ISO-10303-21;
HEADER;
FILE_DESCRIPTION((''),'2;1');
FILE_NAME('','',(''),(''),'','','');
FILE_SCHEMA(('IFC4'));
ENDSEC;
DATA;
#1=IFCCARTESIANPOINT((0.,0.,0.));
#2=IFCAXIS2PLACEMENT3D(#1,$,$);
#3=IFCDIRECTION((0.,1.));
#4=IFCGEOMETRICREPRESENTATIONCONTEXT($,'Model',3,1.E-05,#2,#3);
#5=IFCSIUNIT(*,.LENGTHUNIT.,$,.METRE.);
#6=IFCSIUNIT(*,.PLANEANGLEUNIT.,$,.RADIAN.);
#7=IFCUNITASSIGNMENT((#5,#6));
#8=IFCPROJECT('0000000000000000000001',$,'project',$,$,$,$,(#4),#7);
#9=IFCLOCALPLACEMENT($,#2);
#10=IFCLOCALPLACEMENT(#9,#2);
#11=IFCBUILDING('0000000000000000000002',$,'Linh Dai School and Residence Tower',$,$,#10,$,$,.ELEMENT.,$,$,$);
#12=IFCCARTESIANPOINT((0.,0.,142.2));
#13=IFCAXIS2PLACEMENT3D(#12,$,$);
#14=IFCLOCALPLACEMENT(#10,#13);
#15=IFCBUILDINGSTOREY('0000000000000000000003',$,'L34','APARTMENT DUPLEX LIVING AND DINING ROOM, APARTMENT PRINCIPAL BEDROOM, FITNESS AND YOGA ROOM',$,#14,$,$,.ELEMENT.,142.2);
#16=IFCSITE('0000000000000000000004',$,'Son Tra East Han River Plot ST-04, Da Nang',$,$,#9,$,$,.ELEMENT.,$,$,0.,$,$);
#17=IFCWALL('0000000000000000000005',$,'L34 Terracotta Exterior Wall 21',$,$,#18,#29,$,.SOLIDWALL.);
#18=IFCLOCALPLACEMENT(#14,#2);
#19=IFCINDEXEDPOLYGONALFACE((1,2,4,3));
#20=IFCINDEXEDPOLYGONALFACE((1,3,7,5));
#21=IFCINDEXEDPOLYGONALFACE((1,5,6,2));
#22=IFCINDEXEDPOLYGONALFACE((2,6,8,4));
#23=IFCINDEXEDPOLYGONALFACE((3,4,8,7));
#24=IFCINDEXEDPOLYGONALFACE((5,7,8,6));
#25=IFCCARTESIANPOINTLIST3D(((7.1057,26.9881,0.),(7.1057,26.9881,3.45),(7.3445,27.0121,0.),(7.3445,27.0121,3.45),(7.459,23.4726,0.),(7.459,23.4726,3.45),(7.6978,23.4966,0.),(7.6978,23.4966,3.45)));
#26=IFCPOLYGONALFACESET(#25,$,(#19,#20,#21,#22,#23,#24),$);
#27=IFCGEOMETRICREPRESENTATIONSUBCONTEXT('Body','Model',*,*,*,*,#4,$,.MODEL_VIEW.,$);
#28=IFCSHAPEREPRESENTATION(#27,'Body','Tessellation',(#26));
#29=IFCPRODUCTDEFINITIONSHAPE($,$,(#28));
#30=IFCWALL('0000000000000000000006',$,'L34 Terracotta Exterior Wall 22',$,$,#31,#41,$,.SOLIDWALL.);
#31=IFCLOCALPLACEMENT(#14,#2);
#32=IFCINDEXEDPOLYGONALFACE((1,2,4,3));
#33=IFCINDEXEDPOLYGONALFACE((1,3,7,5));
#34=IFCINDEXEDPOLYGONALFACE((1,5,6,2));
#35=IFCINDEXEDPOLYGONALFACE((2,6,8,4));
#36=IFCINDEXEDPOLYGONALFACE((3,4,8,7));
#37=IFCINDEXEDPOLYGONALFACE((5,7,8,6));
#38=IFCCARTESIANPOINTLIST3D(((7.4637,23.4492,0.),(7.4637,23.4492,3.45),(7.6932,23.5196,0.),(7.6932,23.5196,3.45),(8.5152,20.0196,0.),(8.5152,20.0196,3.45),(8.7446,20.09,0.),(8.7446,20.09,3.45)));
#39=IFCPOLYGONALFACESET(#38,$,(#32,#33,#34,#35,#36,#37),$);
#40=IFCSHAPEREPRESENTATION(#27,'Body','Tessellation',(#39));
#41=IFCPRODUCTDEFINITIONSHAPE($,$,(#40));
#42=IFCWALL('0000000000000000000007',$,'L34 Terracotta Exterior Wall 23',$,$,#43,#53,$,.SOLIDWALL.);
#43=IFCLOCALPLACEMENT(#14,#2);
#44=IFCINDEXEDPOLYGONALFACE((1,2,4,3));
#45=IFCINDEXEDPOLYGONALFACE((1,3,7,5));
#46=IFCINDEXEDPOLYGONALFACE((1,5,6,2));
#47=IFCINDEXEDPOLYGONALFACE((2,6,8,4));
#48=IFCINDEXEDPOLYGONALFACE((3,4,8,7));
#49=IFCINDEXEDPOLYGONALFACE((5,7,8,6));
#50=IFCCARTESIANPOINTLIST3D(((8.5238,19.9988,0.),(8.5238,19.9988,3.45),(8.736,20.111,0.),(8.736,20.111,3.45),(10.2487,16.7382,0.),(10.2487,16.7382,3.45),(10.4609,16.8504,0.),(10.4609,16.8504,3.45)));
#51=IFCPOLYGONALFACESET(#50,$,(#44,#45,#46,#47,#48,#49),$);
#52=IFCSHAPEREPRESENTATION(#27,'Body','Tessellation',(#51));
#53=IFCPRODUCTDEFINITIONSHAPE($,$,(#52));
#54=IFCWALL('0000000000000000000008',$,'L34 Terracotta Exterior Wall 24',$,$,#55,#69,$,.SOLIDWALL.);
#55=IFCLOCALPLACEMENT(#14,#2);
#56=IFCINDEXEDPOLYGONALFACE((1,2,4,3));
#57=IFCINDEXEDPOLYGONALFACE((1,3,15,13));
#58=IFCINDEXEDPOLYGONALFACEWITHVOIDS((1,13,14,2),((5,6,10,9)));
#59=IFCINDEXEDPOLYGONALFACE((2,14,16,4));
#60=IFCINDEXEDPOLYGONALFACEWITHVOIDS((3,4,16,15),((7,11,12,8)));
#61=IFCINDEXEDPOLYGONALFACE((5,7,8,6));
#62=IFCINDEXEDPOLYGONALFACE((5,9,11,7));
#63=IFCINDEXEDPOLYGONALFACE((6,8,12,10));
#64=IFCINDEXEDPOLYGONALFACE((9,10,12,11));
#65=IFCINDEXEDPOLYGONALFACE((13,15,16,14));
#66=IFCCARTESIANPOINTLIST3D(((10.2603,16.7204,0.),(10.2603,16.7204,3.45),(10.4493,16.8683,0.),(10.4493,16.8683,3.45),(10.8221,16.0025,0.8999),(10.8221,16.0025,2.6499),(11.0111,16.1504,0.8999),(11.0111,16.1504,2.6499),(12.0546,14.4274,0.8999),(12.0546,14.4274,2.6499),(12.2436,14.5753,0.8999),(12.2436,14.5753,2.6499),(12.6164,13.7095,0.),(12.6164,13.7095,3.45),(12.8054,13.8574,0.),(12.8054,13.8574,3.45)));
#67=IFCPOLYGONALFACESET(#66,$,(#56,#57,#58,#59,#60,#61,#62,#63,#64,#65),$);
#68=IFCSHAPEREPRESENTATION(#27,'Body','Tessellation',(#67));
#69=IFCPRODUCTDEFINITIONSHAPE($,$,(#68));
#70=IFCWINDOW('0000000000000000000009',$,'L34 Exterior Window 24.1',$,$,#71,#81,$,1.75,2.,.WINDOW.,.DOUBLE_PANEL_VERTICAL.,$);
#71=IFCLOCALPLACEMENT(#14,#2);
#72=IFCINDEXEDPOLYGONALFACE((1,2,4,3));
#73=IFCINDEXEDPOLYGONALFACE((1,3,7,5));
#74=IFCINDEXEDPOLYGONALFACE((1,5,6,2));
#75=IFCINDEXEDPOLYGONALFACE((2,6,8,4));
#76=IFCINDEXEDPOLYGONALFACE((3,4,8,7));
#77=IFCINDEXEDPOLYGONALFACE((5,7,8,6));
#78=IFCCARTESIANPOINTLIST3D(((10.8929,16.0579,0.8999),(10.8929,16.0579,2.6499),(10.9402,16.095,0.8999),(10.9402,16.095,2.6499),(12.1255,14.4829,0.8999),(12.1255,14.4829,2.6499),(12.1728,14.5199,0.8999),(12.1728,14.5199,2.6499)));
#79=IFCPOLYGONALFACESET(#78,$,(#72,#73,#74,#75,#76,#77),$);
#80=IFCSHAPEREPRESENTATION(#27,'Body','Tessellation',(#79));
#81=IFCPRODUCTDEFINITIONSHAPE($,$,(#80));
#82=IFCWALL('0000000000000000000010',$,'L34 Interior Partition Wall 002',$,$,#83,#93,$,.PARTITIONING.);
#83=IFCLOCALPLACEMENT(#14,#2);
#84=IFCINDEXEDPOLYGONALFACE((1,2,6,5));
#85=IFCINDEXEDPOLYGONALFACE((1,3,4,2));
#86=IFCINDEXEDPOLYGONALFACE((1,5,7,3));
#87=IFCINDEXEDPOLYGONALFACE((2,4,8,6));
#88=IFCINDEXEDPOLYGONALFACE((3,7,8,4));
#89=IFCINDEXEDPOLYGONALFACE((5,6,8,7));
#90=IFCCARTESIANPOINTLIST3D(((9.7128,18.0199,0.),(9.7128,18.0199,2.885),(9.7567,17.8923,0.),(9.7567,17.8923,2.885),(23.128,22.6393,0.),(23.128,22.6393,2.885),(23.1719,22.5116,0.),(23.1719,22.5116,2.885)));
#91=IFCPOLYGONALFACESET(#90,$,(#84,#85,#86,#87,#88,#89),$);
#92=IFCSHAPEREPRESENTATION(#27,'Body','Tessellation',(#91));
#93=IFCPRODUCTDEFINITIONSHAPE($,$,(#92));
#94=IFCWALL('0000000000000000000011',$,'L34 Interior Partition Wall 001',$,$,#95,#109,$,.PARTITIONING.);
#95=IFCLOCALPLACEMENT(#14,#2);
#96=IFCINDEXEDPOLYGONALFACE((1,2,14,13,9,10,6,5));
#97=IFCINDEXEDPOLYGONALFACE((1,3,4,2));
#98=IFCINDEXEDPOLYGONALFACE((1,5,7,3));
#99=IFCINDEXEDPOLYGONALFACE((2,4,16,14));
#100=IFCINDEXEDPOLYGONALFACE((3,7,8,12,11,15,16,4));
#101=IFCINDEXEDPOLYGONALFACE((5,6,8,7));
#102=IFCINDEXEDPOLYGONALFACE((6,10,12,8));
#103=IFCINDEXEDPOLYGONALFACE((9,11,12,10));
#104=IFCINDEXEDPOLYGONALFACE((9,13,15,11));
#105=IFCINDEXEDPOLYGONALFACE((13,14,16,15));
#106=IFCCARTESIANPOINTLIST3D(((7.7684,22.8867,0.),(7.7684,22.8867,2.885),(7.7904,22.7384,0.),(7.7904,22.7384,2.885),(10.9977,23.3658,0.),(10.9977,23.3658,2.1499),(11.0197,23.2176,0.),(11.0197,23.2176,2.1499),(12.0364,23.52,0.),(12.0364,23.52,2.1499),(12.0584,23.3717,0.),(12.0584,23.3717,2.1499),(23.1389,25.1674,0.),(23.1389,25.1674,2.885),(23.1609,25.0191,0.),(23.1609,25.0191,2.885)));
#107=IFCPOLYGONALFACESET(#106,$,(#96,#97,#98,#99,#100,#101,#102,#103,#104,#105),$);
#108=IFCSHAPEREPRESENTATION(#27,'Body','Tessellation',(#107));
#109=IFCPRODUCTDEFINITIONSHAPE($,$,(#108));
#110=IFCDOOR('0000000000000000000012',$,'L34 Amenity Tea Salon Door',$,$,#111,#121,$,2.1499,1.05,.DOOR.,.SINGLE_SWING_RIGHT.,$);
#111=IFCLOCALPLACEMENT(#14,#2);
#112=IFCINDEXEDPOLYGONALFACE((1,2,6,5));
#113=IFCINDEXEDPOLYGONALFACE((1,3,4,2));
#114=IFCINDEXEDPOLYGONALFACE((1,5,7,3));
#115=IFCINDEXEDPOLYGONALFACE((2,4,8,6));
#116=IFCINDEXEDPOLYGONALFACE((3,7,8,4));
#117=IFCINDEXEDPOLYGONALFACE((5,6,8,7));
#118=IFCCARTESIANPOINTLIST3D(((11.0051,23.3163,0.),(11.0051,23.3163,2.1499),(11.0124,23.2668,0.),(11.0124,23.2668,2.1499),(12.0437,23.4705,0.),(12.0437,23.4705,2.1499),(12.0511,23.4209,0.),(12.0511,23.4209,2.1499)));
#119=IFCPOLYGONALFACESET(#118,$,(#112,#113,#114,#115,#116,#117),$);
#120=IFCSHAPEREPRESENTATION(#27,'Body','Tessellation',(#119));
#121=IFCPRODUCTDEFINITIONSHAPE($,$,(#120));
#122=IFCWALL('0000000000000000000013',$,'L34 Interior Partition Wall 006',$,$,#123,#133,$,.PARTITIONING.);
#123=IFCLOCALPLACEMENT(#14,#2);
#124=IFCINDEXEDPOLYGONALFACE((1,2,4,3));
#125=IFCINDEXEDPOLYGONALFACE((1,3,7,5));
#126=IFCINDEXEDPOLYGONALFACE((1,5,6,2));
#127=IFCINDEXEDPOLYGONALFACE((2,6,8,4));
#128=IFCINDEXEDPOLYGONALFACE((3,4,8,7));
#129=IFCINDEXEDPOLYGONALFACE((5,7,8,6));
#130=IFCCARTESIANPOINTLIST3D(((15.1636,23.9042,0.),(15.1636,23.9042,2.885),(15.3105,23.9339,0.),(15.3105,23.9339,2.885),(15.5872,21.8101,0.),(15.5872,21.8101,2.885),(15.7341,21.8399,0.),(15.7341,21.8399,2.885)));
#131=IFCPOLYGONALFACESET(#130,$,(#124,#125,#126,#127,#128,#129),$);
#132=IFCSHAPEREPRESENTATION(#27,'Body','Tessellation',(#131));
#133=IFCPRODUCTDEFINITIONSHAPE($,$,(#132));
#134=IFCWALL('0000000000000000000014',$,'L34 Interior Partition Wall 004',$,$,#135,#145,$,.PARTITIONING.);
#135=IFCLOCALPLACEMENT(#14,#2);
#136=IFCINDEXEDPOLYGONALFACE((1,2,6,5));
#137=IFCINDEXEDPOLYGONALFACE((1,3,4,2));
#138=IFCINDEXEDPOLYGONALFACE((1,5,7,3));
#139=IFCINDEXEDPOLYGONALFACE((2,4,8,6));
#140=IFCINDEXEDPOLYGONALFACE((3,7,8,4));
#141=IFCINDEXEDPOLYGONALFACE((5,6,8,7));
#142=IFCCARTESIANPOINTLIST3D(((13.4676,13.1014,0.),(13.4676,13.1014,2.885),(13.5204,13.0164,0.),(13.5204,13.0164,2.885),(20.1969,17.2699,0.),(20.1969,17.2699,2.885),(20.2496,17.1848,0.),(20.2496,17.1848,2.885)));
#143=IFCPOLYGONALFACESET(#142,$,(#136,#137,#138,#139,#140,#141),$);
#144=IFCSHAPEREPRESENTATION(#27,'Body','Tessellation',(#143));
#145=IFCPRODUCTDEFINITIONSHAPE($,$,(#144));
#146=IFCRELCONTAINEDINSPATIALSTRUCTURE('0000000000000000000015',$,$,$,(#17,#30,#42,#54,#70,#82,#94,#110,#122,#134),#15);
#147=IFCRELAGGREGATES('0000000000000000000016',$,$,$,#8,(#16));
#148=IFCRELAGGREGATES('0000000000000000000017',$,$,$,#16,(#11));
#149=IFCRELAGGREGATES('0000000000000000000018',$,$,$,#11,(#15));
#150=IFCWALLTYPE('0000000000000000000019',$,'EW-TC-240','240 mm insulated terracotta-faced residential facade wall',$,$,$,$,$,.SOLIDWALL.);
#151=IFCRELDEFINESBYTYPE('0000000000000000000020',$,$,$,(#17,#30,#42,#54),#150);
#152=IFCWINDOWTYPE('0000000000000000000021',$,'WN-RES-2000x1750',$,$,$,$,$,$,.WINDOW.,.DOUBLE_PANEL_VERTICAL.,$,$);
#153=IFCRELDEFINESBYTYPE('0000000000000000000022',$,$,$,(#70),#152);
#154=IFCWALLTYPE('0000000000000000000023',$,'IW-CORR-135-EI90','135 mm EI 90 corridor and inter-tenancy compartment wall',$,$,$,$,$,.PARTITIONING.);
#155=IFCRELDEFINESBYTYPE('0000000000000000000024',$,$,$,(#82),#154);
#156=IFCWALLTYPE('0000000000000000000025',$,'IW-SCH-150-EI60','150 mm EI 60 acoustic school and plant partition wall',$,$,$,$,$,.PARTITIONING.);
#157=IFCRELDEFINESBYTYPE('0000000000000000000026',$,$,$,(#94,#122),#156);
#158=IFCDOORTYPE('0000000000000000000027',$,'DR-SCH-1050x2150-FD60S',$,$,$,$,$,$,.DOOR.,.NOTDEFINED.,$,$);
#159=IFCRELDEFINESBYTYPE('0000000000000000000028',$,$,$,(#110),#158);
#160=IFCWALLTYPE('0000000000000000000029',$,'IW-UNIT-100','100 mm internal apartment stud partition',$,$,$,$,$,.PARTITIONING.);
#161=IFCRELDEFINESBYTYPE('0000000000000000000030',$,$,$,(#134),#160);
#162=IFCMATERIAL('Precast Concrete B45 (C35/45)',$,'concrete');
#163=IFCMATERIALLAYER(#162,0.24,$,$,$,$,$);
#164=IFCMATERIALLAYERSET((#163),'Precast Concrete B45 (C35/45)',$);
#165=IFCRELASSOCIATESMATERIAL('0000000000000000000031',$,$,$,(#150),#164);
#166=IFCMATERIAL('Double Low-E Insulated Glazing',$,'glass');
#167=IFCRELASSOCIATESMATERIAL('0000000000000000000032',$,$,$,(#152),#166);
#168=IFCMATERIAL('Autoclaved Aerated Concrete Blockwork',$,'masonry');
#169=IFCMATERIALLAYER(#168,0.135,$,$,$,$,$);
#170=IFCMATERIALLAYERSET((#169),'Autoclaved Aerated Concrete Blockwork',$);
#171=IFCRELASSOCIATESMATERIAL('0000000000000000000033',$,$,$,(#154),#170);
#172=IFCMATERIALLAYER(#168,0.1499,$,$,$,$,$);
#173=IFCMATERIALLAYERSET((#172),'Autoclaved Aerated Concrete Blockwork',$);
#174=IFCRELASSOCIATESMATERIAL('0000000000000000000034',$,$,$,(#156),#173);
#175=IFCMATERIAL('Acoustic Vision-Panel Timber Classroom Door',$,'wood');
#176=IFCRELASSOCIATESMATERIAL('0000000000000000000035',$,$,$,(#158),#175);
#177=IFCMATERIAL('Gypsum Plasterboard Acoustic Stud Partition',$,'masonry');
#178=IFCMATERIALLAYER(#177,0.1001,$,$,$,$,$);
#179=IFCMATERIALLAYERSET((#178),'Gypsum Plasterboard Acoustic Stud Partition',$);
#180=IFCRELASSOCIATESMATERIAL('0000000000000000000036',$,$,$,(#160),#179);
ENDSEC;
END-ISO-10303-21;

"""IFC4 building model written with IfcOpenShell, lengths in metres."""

from ifc_helpers import new_model, si_unit, direction, frame, frame_2d, origin, origin_2d, place, context, subcontext, project, spatial, rectangle, extrude, source, transform, mapped, material, layer, layer_set, type_object, element, fill, save


model = new_model("IFC4")

# Units and contexts
model_context = context("Model", 3, precision=1e-05, world=origin(), true_north=direction((0.0, 1.0)))
body_context = subcontext(model_context, "Body", "Model", "MODEL_VIEW")
ifc_project = project(units=[si_unit("LENGTHUNIT", "METRE"), si_unit("PLANEANGLEUNIT", "RADIAN")], contexts=[model_context])

# Site, building, storey
site_placement = place(None, origin())
site = spatial("IfcSite", under=ifc_project, at=site_placement, Name="Son Tra East Han River Plot ST-04, Da Nang", CompositionType="ELEMENT", RefElevation=0.0)
building_placement = place(site_placement, origin())
building = spatial("IfcBuilding", under=site, at=building_placement, Name="Linh Dai School and Residence Tower", CompositionType="ELEMENT")
storey_placement = place(building_placement, frame((0.0, 0.0, 142.2)))
storey = spatial("IfcBuildingStorey", under=building, at=storey_placement, Name="L34", Description="APARTMENT DUPLEX LIVING AND DINING ROOM, APARTMENT PRINCIPAL BEDROOM, FITNESS AND YOGA ROOM", CompositionType="ELEMENT", Elevation=142.2)

# Shared definitions
ifc_material_1 = material(Name="Precast Concrete B45 (C35/45)", Category="concrete")

# Walls
ifc_layer_1 = layer(ifc_material_1, 0.24)
ifc_layer_set_1 = layer_set([ifc_layer_1], Name="Precast Concrete B45 (C35/45)")
wall_type_1 = type_object("IfcWallType", Name="EW-TC-240", Description="240 mm insulated terracotta-faced residential facade wall", PredefinedType="SOLIDWALL", material=ifc_layer_set_1)
wall_1_placement = place(storey_placement, frame((7.5784, 23.4846, 0.0), z_axis=(0.0, 0.0, 1.0), x_axis=(-0.099989, 0.994988, 0.0)))
element("IfcWall", 1, at=wall_1_placement, inside=storey, type_object=wall_type_1, Name="L34 Terracotta Exterior Wall 21", PredefinedType="SOLIDWALL", context=body_context, shape_type="SweptSolid", body=[
    extrude(rectangle(XDim=3.5332, YDim=0.24, at=frame_2d((1.7666, 0.0))), origin(), (0.0, 0.0, 1.0), 3.45),
])
wall_2_placement = place(storey_placement, frame((8.6299, 20.0549, 0.0), z_axis=(0.0, 0.0, 1.0), x_axis=(-0.293124, 0.956074, 0.0)))
element("IfcWall", 2, at=wall_2_placement, inside=storey, type_object=wall_type_1, Name="L34 Terracotta Exterior Wall 22", PredefinedType="SOLIDWALL", context=body_context, shape_type="SweptSolid", body=[
    extrude(rectangle(XDim=3.5872, YDim=0.24, at=frame_2d((1.7935, 0.0))), origin(), (0.0, 0.0, 1.0), 3.45),
])
wall_3_placement = place(storey_placement, frame((10.3547, 16.7944, 0.0), z_axis=(0.0, 0.0, 1.0), x_axis=(-0.467614, 0.883933, 0.0)))
element("IfcWall", 3, at=wall_3_placement, inside=storey, type_object=wall_type_1, Name="L34 Terracotta Exterior Wall 23", PredefinedType="SOLIDWALL", context=body_context, shape_type="SweptSolid", body=[
    extrude(rectangle(XDim=3.6887, YDim=0.24, at=frame_2d((1.8442, 0.0))), origin(), (0.0, 0.0, 1.0), 3.45),
])

# Wall, opening, window
wall_4_placement = place(storey_placement, frame((12.7109, 13.7834, 0.0), z_axis=(0.0, 0.0, 1.0), x_axis=(-0.616272, 0.787533, 0.0)))
wall_4 = element("IfcWall", 4, at=wall_4_placement, inside=storey, type_object=wall_type_1, Name="L34 Terracotta Exterior Wall 24", PredefinedType="SOLIDWALL", context=body_context, shape_type="SweptSolid", body=[
    extrude(rectangle(XDim=3.8232, YDim=0.24, at=frame_2d((1.9116, 0.0))), origin(), (0.0, 0.0, 1.0), 3.45),
])
opening_1_placement = place(wall_4_placement, frame((0.9116, 0.0, 0.8999)))
opening_1 = element("IfcOpeningElement", 5, at=opening_1_placement, cuts=wall_4, PredefinedType="OPENING", context=body_context, shape_type="SweptSolid", body=[
    extrude(rectangle(XDim=2.0, YDim=1.75, at=origin_2d()), frame((1.0, 0.1299, 0.875), z_axis=(0.0, -1.0, 0.0), x_axis=(1.0, 0.0, 0.0)), (0.0, 0.0, 1.0), 0.26),
])
ifc_material_2 = material(Name="Double Low-E Insulated Glazing", Category="glass")
window_type = type_object("IfcWindowType", Name="WN-RES-2000x1750", PartitioningType="DOUBLE_PANEL_VERTICAL", PredefinedType="WINDOW", material=ifc_material_2)
shared_shape_1 = source(origin(), body_context, "Body", "SweptSolid", [
    extrude(rectangle(XDim=2.0, YDim=1.75, at=origin_2d()), frame((1.0, 0.03, 0.875), z_axis=(0.0, -1.0, 0.0), x_axis=(1.0, 0.0, 0.0)), (0.0, 0.0, 1.0), 0.0601),
])
window_placement = place(opening_1_placement, origin())
window = element("IfcWindow", 6, at=window_placement, inside=storey, type_object=window_type, Name="L34 Exterior Window 24.1", OverallHeight=1.75, OverallWidth=2.0, PartitioningType="DOUBLE_PANEL_VERTICAL", PredefinedType="WINDOW", context=body_context, shape_type="MappedRepresentation", body=[
    mapped(shared_shape_1, transform((0.0, 0.0, 0.0), x_axis=(1.0, 0.0, 0.0), y_axis=(0.0, 1.0, 0.0), z_axis=(0.0, 0.0, 1.0), scale=1.0)),
])
fill(opening_1, window)

# Wall
ifc_material_3 = material(Name="Autoclaved Aerated Concrete Blockwork", Category="masonry")
ifc_layer_2 = layer(ifc_material_3, 0.135)
ifc_layer_set_2 = layer_set([ifc_layer_2], Name="Autoclaved Aerated Concrete Blockwork")
wall_type_2 = type_object("IfcWallType", Name="IW-CORR-135-EI90", Description="135 mm EI 90 corridor and inter-tenancy compartment wall", PredefinedType="PARTITIONING", material=ifc_layer_set_2)
wall_5_placement = place(storey_placement, frame((9.7346, 17.9561, 0.0), z_axis=(0.0, 0.0, 1.0), x_axis=(0.945516, 0.325576, 0.0)))
element("IfcWall", 7, at=wall_5_placement, inside=storey, type_object=wall_type_2, Name="L34 Interior Partition Wall 002", PredefinedType="PARTITIONING", context=body_context, shape_type="SweptSolid", body=[
    extrude(rectangle(XDim=14.1882, YDim=0.135, at=frame_2d((7.0942, 0.0))), origin(), (0.0, 0.0, 1.0), 2.885),
])

# Wall, opening, door
ifc_layer_3 = layer(ifc_material_3, 0.1499)
ifc_layer_set_3 = layer_set([ifc_layer_3], Name="Autoclaved Aerated Concrete Blockwork")
wall_type_3 = type_object("IfcWallType", Name="IW-SCH-150-EI60", Description="150 mm EI 60 acoustic school and plant partition wall", PredefinedType="PARTITIONING", material=ifc_layer_set_3)
wall_6_placement = place(storey_placement, frame((7.7793, 22.8125, 0.0), z_axis=(0.0, 0.0, 1.0), x_axis=(0.98917, 0.146778, 0.0)))
wall_6 = element("IfcWall", 8, at=wall_6_placement, inside=storey, type_object=wall_type_3, Name="L34 Interior Partition Wall 001", PredefinedType="PARTITIONING", context=body_context, shape_type="SweptSolid", body=[
    extrude(rectangle(XDim=15.5388, YDim=0.1499, at=frame_2d((7.7695, 0.0))), origin(), (0.0, 0.0, 1.0), 2.885),
])
opening_2_placement = place(wall_6_placement, frame((3.2649, 0.0, 0.0)))
opening_2 = element("IfcOpeningElement", 9, at=opening_2_placement, cuts=wall_6, PredefinedType="OPENING", context=body_context, shape_type="SweptSolid", body=[
    extrude(rectangle(XDim=1.05, YDim=2.1499, at=origin_2d()), frame((0.5249, 0.085, 1.075), z_axis=(0.0, -1.0, 0.0), x_axis=(1.0, 0.0, 0.0)), (0.0, 0.0, 1.0), 0.1699),
])
ifc_material_4 = material(Name="Acoustic Vision-Panel Timber Classroom Door", Category="wood")
door_type = type_object("IfcDoorType", Name="DR-SCH-1050x2150-FD60S", OperationType="NOTDEFINED", PredefinedType="DOOR", material=ifc_material_4)
shared_shape_2 = source(origin(), body_context, "Body", "SweptSolid", [
    extrude(rectangle(XDim=1.05, YDim=2.1499, at=origin_2d()), frame((0.5249, 0.0249, 1.075), z_axis=(0.0, -1.0, 0.0), x_axis=(1.0, 0.0, 0.0)), (0.0, 0.0, 1.0), 0.05),
])
door_placement = place(opening_2_placement, origin())
door = element("IfcDoor", 10, at=door_placement, inside=storey, type_object=door_type, Name="L34 Amenity Tea Salon Door", OperationType="SINGLE_SWING_RIGHT", OverallHeight=2.1499, OverallWidth=1.05, PredefinedType="DOOR", context=body_context, shape_type="MappedRepresentation", body=[
    mapped(shared_shape_2, transform((0.0, 0.0, 0.0), x_axis=(1.0, 0.0, 0.0), y_axis=(0.0, 1.0, 0.0), z_axis=(0.0, 0.0, 1.0), scale=1.0)),
])
fill(opening_2, door)

# Walls
wall_7_placement = place(storey_placement, frame((15.2371, 23.9192, 0.0), z_axis=(0.0, 0.0, 1.0), x_axis=(0.198269, -0.980148, 0.0)))
element("IfcWall", 11, at=wall_7_placement, inside=storey, type_object=wall_type_3, Name="L34 Interior Partition Wall 006", PredefinedType="PARTITIONING", context=body_context, shape_type="SweptSolid", body=[
    extrude(rectangle(XDim=2.1365, YDim=0.1499, at=frame_2d((1.0684, 0.0))), origin(), (0.0, 0.0, 1.0), 2.885),
])
ifc_material_5 = material(Name="Gypsum Plasterboard Acoustic Stud Partition", Category="masonry")
ifc_layer_4 = layer(ifc_material_5, 0.1001)
ifc_layer_set_4 = layer_set([ifc_layer_4], Name="Gypsum Plasterboard Acoustic Stud Partition")
wall_type_4 = type_object("IfcWallType", Name="IW-UNIT-100", Description="100 mm internal apartment stud partition", PredefinedType="PARTITIONING", material=ifc_layer_set_4)
wall_8_placement = place(storey_placement, frame((13.4939, 13.0588, 0.0), z_axis=(0.0, 0.0, 1.0), x_axis=(0.850111, 0.526604, 0.0)))
element("IfcWall", 12, at=wall_8_placement, inside=storey, type_object=wall_type_4, Name="L34 Interior Partition Wall 004", PredefinedType="PARTITIONING", context=body_context, shape_type="SweptSolid", body=[
    extrude(rectangle(XDim=7.9158, YDim=0.1001, at=frame_2d((3.958, 0.0))), origin(), (0.0, 0.0, 1.0), 2.885),
])

save(model, "model.ifc")
